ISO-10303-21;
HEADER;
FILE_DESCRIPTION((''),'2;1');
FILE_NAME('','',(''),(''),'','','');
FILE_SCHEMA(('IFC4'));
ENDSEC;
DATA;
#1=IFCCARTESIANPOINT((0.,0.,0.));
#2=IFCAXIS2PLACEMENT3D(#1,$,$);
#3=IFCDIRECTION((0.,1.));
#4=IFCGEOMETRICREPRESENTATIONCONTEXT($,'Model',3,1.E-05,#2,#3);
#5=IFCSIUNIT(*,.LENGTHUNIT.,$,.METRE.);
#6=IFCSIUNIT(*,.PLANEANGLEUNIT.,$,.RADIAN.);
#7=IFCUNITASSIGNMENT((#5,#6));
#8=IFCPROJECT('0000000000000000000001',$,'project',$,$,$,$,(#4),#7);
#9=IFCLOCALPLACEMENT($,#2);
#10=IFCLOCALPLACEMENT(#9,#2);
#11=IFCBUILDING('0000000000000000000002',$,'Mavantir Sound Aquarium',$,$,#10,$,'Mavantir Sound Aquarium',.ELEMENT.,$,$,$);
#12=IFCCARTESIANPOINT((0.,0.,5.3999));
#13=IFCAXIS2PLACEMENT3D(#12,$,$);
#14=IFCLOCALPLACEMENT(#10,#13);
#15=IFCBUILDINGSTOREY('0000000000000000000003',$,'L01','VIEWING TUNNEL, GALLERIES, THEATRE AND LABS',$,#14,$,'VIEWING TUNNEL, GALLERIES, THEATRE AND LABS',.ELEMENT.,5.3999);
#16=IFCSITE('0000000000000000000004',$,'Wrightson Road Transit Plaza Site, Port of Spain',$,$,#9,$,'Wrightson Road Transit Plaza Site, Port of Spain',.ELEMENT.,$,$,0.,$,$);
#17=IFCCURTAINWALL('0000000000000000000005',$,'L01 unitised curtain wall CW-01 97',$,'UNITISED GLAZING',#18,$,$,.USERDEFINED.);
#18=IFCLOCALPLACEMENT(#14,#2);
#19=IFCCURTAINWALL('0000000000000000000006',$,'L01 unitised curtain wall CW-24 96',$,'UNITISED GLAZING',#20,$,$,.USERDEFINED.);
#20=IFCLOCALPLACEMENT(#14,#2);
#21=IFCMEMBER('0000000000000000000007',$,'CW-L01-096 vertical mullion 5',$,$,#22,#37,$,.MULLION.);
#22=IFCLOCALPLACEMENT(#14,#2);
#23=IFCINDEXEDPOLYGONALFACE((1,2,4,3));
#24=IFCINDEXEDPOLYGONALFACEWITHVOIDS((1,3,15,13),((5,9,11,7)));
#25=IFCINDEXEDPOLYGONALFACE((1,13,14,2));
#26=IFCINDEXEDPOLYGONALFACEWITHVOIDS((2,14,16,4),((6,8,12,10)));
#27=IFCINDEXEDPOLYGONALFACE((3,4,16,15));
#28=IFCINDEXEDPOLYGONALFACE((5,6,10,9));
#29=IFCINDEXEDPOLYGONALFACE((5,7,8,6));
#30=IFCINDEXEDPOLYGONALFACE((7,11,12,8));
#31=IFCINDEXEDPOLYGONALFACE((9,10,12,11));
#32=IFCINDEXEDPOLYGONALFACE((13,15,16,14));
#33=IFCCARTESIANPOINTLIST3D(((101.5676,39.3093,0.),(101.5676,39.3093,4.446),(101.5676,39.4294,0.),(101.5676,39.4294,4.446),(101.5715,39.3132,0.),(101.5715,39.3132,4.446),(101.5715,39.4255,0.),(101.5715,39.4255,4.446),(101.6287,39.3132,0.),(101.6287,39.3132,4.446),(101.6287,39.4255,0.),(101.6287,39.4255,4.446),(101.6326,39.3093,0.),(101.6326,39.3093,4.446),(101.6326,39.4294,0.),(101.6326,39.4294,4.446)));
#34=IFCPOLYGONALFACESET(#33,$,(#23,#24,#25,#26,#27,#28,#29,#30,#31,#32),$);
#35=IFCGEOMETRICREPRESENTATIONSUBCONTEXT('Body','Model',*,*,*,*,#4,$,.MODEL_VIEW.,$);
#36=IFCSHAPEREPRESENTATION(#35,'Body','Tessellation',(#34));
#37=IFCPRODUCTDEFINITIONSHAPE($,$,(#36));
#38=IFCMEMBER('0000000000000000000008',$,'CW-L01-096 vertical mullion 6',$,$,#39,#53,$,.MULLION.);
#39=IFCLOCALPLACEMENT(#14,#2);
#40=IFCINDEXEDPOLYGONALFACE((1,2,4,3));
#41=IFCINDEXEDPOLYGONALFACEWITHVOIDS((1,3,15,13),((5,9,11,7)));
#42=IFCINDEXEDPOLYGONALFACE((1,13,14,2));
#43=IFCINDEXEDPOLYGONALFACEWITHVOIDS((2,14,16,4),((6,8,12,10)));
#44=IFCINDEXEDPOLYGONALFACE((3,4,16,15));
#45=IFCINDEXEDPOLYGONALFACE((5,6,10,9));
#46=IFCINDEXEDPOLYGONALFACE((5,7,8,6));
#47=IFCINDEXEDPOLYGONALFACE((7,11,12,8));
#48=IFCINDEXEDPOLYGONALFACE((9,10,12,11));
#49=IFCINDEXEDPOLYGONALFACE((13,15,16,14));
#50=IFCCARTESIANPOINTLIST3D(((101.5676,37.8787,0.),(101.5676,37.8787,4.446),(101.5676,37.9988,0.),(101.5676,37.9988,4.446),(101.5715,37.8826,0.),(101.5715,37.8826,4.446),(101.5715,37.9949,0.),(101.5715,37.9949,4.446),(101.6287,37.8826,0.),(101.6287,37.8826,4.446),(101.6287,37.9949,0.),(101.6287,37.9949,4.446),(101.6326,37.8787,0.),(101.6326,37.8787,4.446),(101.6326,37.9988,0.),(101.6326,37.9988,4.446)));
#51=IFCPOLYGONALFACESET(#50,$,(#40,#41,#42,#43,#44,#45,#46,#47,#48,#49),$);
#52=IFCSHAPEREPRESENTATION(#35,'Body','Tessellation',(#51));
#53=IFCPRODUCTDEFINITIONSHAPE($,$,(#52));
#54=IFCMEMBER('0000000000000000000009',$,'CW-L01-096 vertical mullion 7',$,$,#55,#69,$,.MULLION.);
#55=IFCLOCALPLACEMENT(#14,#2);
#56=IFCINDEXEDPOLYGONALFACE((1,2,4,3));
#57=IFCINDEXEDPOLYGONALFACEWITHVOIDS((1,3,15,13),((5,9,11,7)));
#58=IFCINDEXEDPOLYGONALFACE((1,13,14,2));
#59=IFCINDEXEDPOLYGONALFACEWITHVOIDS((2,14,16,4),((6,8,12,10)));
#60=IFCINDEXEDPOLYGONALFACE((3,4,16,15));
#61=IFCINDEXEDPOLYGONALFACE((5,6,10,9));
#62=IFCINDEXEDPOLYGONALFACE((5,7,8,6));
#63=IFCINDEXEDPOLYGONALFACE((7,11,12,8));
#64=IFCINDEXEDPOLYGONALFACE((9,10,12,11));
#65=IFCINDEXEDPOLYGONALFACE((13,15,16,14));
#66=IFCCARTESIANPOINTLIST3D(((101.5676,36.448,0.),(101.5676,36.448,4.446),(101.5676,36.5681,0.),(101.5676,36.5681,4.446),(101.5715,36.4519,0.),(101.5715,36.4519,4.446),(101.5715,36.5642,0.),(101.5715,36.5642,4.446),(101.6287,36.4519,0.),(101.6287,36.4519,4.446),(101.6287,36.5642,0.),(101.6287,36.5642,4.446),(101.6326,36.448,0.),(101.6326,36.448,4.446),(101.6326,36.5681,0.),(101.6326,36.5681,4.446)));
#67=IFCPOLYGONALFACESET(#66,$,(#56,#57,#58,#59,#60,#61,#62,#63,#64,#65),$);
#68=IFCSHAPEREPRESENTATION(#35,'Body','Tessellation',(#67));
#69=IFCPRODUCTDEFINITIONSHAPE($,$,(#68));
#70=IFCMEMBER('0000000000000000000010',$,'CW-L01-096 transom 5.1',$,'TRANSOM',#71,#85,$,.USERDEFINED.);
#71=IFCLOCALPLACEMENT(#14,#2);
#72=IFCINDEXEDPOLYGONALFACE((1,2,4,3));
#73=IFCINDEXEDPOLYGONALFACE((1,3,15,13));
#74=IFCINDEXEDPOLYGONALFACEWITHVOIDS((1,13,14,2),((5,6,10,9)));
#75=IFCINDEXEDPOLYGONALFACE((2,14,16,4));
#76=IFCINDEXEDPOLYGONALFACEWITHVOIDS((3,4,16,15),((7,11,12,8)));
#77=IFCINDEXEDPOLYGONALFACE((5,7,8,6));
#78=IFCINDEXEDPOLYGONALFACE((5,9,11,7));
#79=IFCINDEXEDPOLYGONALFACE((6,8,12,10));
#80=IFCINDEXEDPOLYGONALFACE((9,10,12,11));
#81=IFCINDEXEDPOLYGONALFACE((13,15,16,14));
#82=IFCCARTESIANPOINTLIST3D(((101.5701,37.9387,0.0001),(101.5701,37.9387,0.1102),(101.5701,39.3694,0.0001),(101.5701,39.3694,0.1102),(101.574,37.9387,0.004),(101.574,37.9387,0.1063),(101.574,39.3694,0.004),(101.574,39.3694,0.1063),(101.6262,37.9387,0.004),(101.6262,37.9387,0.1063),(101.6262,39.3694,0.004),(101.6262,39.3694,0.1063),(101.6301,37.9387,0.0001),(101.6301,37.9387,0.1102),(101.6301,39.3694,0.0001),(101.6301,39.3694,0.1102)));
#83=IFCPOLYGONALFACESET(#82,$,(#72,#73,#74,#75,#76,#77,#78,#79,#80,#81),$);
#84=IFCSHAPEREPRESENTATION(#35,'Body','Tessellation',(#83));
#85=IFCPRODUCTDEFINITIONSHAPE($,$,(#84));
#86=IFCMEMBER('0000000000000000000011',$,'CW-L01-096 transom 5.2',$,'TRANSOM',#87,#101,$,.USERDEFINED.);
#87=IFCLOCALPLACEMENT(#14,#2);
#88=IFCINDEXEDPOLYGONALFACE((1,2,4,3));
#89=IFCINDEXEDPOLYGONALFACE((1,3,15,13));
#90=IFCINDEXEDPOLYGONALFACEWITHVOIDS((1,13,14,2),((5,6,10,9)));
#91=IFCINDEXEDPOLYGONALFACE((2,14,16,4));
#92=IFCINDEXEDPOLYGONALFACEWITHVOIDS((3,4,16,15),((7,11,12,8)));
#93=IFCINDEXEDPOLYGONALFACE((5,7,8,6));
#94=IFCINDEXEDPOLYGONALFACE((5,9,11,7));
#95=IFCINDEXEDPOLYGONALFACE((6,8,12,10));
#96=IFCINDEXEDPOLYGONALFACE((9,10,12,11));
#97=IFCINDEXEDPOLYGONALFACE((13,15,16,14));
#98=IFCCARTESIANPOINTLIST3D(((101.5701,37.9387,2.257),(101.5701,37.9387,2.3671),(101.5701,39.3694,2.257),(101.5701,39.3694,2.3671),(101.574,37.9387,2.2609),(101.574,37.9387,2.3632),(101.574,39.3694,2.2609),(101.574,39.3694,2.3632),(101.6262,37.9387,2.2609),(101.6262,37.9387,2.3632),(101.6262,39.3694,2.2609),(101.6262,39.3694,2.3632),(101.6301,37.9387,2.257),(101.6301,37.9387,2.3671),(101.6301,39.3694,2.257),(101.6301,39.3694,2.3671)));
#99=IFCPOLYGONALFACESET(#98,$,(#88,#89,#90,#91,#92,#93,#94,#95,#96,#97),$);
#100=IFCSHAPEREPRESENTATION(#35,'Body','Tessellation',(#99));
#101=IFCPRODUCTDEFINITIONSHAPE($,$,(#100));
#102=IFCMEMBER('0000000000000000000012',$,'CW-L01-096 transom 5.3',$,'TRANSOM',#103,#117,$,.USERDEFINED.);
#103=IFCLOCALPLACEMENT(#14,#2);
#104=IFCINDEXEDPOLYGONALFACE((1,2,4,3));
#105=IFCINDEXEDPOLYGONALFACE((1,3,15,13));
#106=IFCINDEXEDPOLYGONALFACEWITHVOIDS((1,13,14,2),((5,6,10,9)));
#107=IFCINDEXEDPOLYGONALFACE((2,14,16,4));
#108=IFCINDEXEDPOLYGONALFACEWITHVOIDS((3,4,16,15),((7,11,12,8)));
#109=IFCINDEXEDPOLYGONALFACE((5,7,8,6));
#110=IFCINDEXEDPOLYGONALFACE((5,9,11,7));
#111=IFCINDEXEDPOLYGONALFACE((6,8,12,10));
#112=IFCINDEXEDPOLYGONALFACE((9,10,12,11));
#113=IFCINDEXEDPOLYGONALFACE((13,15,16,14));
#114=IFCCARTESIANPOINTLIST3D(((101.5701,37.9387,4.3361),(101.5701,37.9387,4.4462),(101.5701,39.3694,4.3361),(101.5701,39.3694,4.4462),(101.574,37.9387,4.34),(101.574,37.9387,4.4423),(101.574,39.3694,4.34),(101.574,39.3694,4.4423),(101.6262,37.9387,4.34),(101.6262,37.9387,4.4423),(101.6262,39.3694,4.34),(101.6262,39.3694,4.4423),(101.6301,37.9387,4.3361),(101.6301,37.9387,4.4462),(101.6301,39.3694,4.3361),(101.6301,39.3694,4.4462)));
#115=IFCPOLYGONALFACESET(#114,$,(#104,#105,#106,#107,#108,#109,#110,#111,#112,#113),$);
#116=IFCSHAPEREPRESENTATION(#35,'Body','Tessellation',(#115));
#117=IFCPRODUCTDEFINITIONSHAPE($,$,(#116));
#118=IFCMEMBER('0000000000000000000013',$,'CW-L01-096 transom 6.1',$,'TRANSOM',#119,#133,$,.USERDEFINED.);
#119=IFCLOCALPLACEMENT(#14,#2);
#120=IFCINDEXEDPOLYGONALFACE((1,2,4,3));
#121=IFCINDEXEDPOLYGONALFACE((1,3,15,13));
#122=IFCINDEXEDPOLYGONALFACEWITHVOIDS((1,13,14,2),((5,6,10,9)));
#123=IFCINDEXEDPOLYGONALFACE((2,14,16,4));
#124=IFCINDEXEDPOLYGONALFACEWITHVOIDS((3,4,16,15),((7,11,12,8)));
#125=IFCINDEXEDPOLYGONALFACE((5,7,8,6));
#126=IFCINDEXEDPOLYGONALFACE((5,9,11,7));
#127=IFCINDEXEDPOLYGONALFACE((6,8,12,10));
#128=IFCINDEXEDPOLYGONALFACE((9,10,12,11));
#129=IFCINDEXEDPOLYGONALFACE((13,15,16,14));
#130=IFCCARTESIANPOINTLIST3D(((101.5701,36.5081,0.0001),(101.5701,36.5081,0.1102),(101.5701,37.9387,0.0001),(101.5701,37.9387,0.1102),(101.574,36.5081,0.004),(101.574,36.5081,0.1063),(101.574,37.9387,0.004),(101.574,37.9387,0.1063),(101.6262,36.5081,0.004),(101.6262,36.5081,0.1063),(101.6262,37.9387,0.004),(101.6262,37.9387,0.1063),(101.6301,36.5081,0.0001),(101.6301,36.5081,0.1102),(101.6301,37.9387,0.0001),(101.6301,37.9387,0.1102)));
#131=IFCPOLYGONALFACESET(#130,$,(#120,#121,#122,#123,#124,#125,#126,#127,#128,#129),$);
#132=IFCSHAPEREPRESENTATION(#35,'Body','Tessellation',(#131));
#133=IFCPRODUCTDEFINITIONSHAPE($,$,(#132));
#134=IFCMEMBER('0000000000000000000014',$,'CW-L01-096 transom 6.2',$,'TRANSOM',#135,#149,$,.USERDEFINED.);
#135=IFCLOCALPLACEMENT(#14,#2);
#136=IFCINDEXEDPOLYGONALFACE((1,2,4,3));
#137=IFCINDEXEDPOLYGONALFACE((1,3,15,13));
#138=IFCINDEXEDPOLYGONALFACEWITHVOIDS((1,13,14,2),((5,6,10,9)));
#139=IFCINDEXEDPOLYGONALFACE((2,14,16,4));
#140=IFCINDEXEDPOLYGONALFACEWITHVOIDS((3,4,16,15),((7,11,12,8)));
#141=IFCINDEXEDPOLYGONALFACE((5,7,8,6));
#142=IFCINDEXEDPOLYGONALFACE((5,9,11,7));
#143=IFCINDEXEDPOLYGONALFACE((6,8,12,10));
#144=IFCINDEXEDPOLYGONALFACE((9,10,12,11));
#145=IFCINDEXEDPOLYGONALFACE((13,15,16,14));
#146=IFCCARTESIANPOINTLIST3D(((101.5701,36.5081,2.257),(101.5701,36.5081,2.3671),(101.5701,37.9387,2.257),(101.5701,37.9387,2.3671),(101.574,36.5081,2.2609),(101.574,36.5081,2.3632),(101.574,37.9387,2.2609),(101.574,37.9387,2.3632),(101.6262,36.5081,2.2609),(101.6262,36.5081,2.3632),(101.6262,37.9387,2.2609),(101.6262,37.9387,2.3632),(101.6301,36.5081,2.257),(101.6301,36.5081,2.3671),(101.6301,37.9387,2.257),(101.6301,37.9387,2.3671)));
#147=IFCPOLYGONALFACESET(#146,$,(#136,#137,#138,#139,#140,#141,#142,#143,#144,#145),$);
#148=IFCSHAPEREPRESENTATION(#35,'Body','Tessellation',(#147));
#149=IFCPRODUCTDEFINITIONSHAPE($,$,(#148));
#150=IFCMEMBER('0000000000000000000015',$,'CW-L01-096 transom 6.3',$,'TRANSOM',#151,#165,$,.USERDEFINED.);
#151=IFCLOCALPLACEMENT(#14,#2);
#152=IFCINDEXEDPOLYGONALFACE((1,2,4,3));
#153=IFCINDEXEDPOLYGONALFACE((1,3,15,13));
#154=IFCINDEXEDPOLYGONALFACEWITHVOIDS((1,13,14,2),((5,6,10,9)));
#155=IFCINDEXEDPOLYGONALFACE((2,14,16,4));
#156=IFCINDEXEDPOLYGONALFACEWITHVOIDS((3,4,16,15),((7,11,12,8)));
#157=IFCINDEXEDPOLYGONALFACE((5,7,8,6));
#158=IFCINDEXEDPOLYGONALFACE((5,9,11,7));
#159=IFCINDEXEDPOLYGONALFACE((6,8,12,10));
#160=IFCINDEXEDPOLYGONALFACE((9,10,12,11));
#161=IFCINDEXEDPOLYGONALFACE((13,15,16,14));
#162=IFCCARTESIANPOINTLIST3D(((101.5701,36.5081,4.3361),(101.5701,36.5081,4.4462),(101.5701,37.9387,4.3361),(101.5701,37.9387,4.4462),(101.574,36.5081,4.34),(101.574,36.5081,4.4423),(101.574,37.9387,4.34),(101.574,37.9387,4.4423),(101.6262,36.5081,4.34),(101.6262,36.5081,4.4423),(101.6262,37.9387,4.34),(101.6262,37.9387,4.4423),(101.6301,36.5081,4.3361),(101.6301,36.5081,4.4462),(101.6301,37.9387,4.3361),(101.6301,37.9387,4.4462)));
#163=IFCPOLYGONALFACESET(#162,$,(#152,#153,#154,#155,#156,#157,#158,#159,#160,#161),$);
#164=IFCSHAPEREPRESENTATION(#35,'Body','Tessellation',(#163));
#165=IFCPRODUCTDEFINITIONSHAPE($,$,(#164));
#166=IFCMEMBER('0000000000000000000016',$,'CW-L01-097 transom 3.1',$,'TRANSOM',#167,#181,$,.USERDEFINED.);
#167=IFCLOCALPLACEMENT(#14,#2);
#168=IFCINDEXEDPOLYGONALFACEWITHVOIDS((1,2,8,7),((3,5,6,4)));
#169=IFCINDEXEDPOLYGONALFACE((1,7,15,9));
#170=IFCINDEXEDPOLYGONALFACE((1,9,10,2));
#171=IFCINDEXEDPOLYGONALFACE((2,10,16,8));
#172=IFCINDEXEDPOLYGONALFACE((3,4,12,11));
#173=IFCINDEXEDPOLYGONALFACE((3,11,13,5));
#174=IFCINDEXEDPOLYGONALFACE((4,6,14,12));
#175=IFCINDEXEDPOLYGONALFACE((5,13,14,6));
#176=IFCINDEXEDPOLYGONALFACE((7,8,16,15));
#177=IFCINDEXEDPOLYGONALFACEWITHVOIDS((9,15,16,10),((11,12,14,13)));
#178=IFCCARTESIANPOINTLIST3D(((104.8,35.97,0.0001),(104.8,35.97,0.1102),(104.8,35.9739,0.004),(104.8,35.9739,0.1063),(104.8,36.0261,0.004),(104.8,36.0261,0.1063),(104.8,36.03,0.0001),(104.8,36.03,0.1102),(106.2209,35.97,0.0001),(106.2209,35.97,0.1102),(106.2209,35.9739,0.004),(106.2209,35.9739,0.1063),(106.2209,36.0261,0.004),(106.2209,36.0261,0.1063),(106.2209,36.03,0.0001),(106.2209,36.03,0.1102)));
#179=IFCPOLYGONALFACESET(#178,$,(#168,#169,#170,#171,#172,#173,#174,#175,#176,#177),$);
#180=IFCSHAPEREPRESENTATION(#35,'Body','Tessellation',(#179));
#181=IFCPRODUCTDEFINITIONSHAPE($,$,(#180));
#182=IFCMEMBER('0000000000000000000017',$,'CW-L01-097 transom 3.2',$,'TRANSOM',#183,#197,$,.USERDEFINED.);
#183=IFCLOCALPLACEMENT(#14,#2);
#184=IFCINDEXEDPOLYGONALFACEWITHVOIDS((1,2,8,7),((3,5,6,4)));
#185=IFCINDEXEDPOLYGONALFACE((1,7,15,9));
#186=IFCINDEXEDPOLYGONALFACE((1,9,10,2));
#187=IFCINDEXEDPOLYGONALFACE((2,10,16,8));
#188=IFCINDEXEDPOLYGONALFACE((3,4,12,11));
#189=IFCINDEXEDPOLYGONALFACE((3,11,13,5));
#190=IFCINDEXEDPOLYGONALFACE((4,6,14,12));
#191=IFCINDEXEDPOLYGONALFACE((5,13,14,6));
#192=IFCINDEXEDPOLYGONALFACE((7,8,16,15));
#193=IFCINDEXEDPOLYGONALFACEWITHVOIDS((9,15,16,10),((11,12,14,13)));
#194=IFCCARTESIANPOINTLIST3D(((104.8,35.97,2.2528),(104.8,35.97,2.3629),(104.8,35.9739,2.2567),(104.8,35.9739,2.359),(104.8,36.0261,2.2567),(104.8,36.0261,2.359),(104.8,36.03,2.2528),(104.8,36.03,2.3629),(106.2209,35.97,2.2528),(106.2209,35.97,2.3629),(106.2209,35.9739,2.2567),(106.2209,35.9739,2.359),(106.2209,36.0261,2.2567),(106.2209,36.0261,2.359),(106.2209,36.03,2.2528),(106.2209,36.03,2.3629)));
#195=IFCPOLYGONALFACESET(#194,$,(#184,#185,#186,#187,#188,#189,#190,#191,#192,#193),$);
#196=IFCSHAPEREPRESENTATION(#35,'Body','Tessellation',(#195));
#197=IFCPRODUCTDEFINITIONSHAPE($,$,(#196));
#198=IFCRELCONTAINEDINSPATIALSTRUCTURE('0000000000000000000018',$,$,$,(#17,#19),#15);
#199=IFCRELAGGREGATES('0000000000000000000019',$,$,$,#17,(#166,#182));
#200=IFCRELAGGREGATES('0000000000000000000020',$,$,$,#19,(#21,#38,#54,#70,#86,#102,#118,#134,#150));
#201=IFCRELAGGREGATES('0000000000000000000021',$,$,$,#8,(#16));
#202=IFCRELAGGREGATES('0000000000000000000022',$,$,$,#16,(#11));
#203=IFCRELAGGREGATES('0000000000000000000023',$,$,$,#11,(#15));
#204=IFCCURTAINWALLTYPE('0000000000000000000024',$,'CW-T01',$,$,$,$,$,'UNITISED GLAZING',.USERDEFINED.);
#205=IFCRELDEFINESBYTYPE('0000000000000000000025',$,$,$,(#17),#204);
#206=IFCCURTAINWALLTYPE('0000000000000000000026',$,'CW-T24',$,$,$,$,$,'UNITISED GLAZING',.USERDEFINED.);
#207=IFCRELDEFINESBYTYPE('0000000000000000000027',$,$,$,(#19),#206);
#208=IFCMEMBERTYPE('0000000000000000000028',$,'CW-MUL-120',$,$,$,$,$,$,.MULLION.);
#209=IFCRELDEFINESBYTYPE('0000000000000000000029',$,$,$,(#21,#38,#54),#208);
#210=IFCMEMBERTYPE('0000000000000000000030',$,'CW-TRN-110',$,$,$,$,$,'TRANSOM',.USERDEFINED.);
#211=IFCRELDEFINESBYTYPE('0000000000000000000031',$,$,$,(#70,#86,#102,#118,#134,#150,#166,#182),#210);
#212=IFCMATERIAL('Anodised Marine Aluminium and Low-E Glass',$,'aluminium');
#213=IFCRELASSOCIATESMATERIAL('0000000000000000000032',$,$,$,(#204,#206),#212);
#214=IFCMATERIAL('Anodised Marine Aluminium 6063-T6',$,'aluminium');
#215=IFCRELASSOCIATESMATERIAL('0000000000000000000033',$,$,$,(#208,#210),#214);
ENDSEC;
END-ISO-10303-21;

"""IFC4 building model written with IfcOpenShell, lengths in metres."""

from ifc_helpers import new_model, si_unit, direction, frame, origin, origin_2d, place, context, subcontext, project, spatial, hollow_rectangle, extrude, material, material_profile, profile_set, type_object, element, aggregate, save


model = new_model("IFC4")

# Units and contexts
model_context = context("Model", 3, precision=1e-05, world=origin(), true_north=direction((0.0, 1.0)))
body_context = subcontext(model_context, "Body", "Model", "MODEL_VIEW")
ifc_project = project(units=[si_unit("LENGTHUNIT", "METRE"), si_unit("PLANEANGLEUNIT", "RADIAN")], contexts=[model_context])

# Site, building, storey
site_placement = place(None, origin())
site = spatial("IfcSite", under=ifc_project, at=site_placement, Name="Wrightson Road Transit Plaza Site, Port of Spain", LongName="Wrightson Road Transit Plaza Site, Port of Spain", CompositionType="ELEMENT", RefElevation=0.0)
building_placement = place(site_placement, origin())
building = spatial("IfcBuilding", under=site, at=building_placement, Name="Mavantir Sound Aquarium", LongName="Mavantir Sound Aquarium", CompositionType="ELEMENT")
storey_placement = place(building_placement, frame((0.0, 0.0, 5.3999)))
storey = spatial("IfcBuildingStorey", under=building, at=storey_placement, Name="L01", Description="VIEWING TUNNEL, GALLERIES, THEATRE AND LABS", LongName="VIEWING TUNNEL, GALLERIES, THEATRE AND LABS", CompositionType="ELEMENT", Elevation=5.3999)

# Curtain walls, members
ifc_material_1 = material(Name="Anodised Marine Aluminium and Low-E Glass", Category="aluminium")
curtain_wall_type_1 = type_object("IfcCurtainWallType", Name="CW-T01", ElementType="UNITISED GLAZING", PredefinedType="USERDEFINED", material=ifc_material_1)
curtain_wall_1_placement = place(storey_placement, origin())
curtain_wall_1 = element("IfcCurtainWall", 1, at=curtain_wall_1_placement, inside=storey, type_object=curtain_wall_type_1, Name="L01 unitised curtain wall CW-01 97", ObjectType="UNITISED GLAZING", PredefinedType="USERDEFINED")
ifc_material_2 = material(Name="Anodised Marine Aluminium 6063-T6", Category="aluminium")
curtain_wall_type_2 = type_object("IfcCurtainWallType", Name="CW-T24", ElementType="UNITISED GLAZING", PredefinedType="USERDEFINED", material=ifc_material_1)
curtain_wall_2_placement = place(storey_placement, origin())
curtain_wall_2 = element("IfcCurtainWall", 2, at=curtain_wall_2_placement, inside=storey, type_object=curtain_wall_type_2, Name="L01 unitised curtain wall CW-24 96", ObjectType="UNITISED GLAZING", PredefinedType="USERDEFINED")
ifc_material_profile_1 = material_profile(ifc_material_2, hollow_rectangle(XDim=0.0649, YDim=0.1201, WallThickness=0.0039, at=origin_2d()), Name="ALU-MULLION-120X65")
ifc_profile_set_1 = profile_set([ifc_material_profile_1], Name="Anodised Marine Aluminium 6063-T6")
member_type_1 = type_object("IfcMemberType", Name="CW-MUL-120", PredefinedType="MULLION", material=ifc_profile_set_1)
member_1_placement = place(storey_placement, frame((101.6001, 39.3694, 0.0), z_axis=(0.0, 0.0, 1.0), x_axis=(1.0, 0.0, 0.0)))
member_1 = element("IfcMember", 3, at=member_1_placement, type_object=member_type_1, Name="CW-L01-096 vertical mullion 5", PredefinedType="MULLION", context=body_context, shape_type="SweptSolid", body=[
    extrude(hollow_rectangle(XDim=0.0649, YDim=0.1201, WallThickness=0.0039, at=origin_2d()), origin(), (0.0, 0.0, 1.0), 4.446),
])
member_2_placement = place(storey_placement, frame((101.6001, 37.9387, 0.0), z_axis=(0.0, 0.0, 1.0), x_axis=(1.0, 0.0, 0.0)))
member_2 = element("IfcMember", 4, at=member_2_placement, type_object=member_type_1, Name="CW-L01-096 vertical mullion 6", PredefinedType="MULLION", context=body_context, shape_type="SweptSolid", body=[
    extrude(hollow_rectangle(XDim=0.0649, YDim=0.1201, WallThickness=0.0039, at=origin_2d()), origin(), (0.0, 0.0, 1.0), 4.446),
])
member_3_placement = place(storey_placement, frame((101.6001, 36.5081, 0.0), z_axis=(0.0, 0.0, 1.0), x_axis=(1.0, 0.0, 0.0)))
member_3 = element("IfcMember", 5, at=member_3_placement, type_object=member_type_1, Name="CW-L01-096 vertical mullion 7", PredefinedType="MULLION", context=body_context, shape_type="SweptSolid", body=[
    extrude(hollow_rectangle(XDim=0.0649, YDim=0.1201, WallThickness=0.0039, at=origin_2d()), origin(), (0.0, 0.0, 1.0), 4.446),
])
ifc_material_profile_2 = material_profile(ifc_material_2, hollow_rectangle(XDim=0.0601, YDim=0.1101, WallThickness=0.0039, at=origin_2d()), Name="ALU-TRANSOM-110X60")
ifc_profile_set_2 = profile_set([ifc_material_profile_2], Name="Anodised Marine Aluminium 6063-T6")
member_type_2 = type_object("IfcMemberType", Name="CW-TRN-110", ElementType="TRANSOM", PredefinedType="USERDEFINED", material=ifc_profile_set_2)
member_4_placement = place(storey_placement, frame((101.6001, 39.3694, 0.0552), z_axis=(0.0, -1.0, 0.0), x_axis=(1.0, 0.0, 0.0)))
member_4 = element("IfcMember", 6, at=member_4_placement, type_object=member_type_2, Name="CW-L01-096 transom 5.1", ObjectType="TRANSOM", PredefinedType="USERDEFINED", context=body_context, shape_type="SweptSolid", body=[
    extrude(hollow_rectangle(XDim=0.0601, YDim=0.1101, WallThickness=0.0039, at=origin_2d()), origin(), (0.0, 0.0, 1.0), 1.4307),
])
member_5_placement = place(storey_placement, frame((101.6001, 39.3694, 2.312), z_axis=(0.0, -1.0, 0.0), x_axis=(1.0, 0.0, 0.0)))
member_5 = element("IfcMember", 7, at=member_5_placement, type_object=member_type_2, Name="CW-L01-096 transom 5.2", ObjectType="TRANSOM", PredefinedType="USERDEFINED", context=body_context, shape_type="SweptSolid", body=[
    extrude(hollow_rectangle(XDim=0.0601, YDim=0.1101, WallThickness=0.0039, at=origin_2d()), origin(), (0.0, 0.0, 1.0), 1.4307),
])
member_6_placement = place(storey_placement, frame((101.6001, 39.3694, 4.3911), z_axis=(0.0, -1.0, 0.0), x_axis=(1.0, 0.0, 0.0)))
member_6 = element("IfcMember", 8, at=member_6_placement, type_object=member_type_2, Name="CW-L01-096 transom 5.3", ObjectType="TRANSOM", PredefinedType="USERDEFINED", context=body_context, shape_type="SweptSolid", body=[
    extrude(hollow_rectangle(XDim=0.0601, YDim=0.1101, WallThickness=0.0039, at=origin_2d()), origin(), (0.0, 0.0, 1.0), 1.4307),
])
member_7_placement = place(storey_placement, frame((101.6001, 37.9387, 0.0552), z_axis=(0.0, -1.0, 0.0), x_axis=(1.0, 0.0, 0.0)))
member_7 = element("IfcMember", 9, at=member_7_placement, type_object=member_type_2, Name="CW-L01-096 transom 6.1", ObjectType="TRANSOM", PredefinedType="USERDEFINED", context=body_context, shape_type="SweptSolid", body=[
    extrude(hollow_rectangle(XDim=0.0601, YDim=0.1101, WallThickness=0.0039, at=origin_2d()), origin(), (0.0, 0.0, 1.0), 1.4307),
])
member_8_placement = place(storey_placement, frame((101.6001, 37.9387, 2.312), z_axis=(0.0, -1.0, 0.0), x_axis=(1.0, 0.0, 0.0)))
member_8 = element("IfcMember", 10, at=member_8_placement, type_object=member_type_2, Name="CW-L01-096 transom 6.2", ObjectType="TRANSOM", PredefinedType="USERDEFINED", context=body_context, shape_type="SweptSolid", body=[
    extrude(hollow_rectangle(XDim=0.0601, YDim=0.1101, WallThickness=0.0039, at=origin_2d()), origin(), (0.0, 0.0, 1.0), 1.4307),
])
member_9_placement = place(storey_placement, frame((101.6001, 37.9387, 4.3911), z_axis=(0.0, -1.0, 0.0), x_axis=(1.0, 0.0, 0.0)))
member_9 = element("IfcMember", 11, at=member_9_placement, type_object=member_type_2, Name="CW-L01-096 transom 6.3", ObjectType="TRANSOM", PredefinedType="USERDEFINED", context=body_context, shape_type="SweptSolid", body=[
    extrude(hollow_rectangle(XDim=0.0601, YDim=0.1101, WallThickness=0.0039, at=origin_2d()), origin(), (0.0, 0.0, 1.0), 1.4307),
])

# Members
member_10_placement = place(storey_placement, frame((104.8, 36.0, 0.0552), z_axis=(1.0, 0.0, 0.0), x_axis=(0.0, 1.0, 0.0)))
member_10 = element("IfcMember", 12, at=member_10_placement, type_object=member_type_2, Name="CW-L01-097 transom 3.1", ObjectType="TRANSOM", PredefinedType="USERDEFINED", context=body_context, shape_type="SweptSolid", body=[
    extrude(hollow_rectangle(XDim=0.0601, YDim=0.1101, WallThickness=0.0039, at=origin_2d()), origin(), (0.0, 0.0, 1.0), 1.4209),
])
member_11_placement = place(storey_placement, frame((104.8, 36.0, 2.3079), z_axis=(1.0, 0.0, 0.0), x_axis=(0.0, 1.0, 0.0)))
member_11 = element("IfcMember", 13, at=member_11_placement, type_object=member_type_2, Name="CW-L01-097 transom 3.2", ObjectType="TRANSOM", PredefinedType="USERDEFINED", context=body_context, shape_type="SweptSolid", body=[
    extrude(hollow_rectangle(XDim=0.0601, YDim=0.1101, WallThickness=0.0039, at=origin_2d()), origin(), (0.0, 0.0, 1.0), 1.4209),
])

aggregate(curtain_wall_1, [member_10, member_11])
aggregate(curtain_wall_2, [member_1, member_2, member_3, member_4, member_5, member_6, member_7, member_8, member_9])

save(model, "model.ifc")
